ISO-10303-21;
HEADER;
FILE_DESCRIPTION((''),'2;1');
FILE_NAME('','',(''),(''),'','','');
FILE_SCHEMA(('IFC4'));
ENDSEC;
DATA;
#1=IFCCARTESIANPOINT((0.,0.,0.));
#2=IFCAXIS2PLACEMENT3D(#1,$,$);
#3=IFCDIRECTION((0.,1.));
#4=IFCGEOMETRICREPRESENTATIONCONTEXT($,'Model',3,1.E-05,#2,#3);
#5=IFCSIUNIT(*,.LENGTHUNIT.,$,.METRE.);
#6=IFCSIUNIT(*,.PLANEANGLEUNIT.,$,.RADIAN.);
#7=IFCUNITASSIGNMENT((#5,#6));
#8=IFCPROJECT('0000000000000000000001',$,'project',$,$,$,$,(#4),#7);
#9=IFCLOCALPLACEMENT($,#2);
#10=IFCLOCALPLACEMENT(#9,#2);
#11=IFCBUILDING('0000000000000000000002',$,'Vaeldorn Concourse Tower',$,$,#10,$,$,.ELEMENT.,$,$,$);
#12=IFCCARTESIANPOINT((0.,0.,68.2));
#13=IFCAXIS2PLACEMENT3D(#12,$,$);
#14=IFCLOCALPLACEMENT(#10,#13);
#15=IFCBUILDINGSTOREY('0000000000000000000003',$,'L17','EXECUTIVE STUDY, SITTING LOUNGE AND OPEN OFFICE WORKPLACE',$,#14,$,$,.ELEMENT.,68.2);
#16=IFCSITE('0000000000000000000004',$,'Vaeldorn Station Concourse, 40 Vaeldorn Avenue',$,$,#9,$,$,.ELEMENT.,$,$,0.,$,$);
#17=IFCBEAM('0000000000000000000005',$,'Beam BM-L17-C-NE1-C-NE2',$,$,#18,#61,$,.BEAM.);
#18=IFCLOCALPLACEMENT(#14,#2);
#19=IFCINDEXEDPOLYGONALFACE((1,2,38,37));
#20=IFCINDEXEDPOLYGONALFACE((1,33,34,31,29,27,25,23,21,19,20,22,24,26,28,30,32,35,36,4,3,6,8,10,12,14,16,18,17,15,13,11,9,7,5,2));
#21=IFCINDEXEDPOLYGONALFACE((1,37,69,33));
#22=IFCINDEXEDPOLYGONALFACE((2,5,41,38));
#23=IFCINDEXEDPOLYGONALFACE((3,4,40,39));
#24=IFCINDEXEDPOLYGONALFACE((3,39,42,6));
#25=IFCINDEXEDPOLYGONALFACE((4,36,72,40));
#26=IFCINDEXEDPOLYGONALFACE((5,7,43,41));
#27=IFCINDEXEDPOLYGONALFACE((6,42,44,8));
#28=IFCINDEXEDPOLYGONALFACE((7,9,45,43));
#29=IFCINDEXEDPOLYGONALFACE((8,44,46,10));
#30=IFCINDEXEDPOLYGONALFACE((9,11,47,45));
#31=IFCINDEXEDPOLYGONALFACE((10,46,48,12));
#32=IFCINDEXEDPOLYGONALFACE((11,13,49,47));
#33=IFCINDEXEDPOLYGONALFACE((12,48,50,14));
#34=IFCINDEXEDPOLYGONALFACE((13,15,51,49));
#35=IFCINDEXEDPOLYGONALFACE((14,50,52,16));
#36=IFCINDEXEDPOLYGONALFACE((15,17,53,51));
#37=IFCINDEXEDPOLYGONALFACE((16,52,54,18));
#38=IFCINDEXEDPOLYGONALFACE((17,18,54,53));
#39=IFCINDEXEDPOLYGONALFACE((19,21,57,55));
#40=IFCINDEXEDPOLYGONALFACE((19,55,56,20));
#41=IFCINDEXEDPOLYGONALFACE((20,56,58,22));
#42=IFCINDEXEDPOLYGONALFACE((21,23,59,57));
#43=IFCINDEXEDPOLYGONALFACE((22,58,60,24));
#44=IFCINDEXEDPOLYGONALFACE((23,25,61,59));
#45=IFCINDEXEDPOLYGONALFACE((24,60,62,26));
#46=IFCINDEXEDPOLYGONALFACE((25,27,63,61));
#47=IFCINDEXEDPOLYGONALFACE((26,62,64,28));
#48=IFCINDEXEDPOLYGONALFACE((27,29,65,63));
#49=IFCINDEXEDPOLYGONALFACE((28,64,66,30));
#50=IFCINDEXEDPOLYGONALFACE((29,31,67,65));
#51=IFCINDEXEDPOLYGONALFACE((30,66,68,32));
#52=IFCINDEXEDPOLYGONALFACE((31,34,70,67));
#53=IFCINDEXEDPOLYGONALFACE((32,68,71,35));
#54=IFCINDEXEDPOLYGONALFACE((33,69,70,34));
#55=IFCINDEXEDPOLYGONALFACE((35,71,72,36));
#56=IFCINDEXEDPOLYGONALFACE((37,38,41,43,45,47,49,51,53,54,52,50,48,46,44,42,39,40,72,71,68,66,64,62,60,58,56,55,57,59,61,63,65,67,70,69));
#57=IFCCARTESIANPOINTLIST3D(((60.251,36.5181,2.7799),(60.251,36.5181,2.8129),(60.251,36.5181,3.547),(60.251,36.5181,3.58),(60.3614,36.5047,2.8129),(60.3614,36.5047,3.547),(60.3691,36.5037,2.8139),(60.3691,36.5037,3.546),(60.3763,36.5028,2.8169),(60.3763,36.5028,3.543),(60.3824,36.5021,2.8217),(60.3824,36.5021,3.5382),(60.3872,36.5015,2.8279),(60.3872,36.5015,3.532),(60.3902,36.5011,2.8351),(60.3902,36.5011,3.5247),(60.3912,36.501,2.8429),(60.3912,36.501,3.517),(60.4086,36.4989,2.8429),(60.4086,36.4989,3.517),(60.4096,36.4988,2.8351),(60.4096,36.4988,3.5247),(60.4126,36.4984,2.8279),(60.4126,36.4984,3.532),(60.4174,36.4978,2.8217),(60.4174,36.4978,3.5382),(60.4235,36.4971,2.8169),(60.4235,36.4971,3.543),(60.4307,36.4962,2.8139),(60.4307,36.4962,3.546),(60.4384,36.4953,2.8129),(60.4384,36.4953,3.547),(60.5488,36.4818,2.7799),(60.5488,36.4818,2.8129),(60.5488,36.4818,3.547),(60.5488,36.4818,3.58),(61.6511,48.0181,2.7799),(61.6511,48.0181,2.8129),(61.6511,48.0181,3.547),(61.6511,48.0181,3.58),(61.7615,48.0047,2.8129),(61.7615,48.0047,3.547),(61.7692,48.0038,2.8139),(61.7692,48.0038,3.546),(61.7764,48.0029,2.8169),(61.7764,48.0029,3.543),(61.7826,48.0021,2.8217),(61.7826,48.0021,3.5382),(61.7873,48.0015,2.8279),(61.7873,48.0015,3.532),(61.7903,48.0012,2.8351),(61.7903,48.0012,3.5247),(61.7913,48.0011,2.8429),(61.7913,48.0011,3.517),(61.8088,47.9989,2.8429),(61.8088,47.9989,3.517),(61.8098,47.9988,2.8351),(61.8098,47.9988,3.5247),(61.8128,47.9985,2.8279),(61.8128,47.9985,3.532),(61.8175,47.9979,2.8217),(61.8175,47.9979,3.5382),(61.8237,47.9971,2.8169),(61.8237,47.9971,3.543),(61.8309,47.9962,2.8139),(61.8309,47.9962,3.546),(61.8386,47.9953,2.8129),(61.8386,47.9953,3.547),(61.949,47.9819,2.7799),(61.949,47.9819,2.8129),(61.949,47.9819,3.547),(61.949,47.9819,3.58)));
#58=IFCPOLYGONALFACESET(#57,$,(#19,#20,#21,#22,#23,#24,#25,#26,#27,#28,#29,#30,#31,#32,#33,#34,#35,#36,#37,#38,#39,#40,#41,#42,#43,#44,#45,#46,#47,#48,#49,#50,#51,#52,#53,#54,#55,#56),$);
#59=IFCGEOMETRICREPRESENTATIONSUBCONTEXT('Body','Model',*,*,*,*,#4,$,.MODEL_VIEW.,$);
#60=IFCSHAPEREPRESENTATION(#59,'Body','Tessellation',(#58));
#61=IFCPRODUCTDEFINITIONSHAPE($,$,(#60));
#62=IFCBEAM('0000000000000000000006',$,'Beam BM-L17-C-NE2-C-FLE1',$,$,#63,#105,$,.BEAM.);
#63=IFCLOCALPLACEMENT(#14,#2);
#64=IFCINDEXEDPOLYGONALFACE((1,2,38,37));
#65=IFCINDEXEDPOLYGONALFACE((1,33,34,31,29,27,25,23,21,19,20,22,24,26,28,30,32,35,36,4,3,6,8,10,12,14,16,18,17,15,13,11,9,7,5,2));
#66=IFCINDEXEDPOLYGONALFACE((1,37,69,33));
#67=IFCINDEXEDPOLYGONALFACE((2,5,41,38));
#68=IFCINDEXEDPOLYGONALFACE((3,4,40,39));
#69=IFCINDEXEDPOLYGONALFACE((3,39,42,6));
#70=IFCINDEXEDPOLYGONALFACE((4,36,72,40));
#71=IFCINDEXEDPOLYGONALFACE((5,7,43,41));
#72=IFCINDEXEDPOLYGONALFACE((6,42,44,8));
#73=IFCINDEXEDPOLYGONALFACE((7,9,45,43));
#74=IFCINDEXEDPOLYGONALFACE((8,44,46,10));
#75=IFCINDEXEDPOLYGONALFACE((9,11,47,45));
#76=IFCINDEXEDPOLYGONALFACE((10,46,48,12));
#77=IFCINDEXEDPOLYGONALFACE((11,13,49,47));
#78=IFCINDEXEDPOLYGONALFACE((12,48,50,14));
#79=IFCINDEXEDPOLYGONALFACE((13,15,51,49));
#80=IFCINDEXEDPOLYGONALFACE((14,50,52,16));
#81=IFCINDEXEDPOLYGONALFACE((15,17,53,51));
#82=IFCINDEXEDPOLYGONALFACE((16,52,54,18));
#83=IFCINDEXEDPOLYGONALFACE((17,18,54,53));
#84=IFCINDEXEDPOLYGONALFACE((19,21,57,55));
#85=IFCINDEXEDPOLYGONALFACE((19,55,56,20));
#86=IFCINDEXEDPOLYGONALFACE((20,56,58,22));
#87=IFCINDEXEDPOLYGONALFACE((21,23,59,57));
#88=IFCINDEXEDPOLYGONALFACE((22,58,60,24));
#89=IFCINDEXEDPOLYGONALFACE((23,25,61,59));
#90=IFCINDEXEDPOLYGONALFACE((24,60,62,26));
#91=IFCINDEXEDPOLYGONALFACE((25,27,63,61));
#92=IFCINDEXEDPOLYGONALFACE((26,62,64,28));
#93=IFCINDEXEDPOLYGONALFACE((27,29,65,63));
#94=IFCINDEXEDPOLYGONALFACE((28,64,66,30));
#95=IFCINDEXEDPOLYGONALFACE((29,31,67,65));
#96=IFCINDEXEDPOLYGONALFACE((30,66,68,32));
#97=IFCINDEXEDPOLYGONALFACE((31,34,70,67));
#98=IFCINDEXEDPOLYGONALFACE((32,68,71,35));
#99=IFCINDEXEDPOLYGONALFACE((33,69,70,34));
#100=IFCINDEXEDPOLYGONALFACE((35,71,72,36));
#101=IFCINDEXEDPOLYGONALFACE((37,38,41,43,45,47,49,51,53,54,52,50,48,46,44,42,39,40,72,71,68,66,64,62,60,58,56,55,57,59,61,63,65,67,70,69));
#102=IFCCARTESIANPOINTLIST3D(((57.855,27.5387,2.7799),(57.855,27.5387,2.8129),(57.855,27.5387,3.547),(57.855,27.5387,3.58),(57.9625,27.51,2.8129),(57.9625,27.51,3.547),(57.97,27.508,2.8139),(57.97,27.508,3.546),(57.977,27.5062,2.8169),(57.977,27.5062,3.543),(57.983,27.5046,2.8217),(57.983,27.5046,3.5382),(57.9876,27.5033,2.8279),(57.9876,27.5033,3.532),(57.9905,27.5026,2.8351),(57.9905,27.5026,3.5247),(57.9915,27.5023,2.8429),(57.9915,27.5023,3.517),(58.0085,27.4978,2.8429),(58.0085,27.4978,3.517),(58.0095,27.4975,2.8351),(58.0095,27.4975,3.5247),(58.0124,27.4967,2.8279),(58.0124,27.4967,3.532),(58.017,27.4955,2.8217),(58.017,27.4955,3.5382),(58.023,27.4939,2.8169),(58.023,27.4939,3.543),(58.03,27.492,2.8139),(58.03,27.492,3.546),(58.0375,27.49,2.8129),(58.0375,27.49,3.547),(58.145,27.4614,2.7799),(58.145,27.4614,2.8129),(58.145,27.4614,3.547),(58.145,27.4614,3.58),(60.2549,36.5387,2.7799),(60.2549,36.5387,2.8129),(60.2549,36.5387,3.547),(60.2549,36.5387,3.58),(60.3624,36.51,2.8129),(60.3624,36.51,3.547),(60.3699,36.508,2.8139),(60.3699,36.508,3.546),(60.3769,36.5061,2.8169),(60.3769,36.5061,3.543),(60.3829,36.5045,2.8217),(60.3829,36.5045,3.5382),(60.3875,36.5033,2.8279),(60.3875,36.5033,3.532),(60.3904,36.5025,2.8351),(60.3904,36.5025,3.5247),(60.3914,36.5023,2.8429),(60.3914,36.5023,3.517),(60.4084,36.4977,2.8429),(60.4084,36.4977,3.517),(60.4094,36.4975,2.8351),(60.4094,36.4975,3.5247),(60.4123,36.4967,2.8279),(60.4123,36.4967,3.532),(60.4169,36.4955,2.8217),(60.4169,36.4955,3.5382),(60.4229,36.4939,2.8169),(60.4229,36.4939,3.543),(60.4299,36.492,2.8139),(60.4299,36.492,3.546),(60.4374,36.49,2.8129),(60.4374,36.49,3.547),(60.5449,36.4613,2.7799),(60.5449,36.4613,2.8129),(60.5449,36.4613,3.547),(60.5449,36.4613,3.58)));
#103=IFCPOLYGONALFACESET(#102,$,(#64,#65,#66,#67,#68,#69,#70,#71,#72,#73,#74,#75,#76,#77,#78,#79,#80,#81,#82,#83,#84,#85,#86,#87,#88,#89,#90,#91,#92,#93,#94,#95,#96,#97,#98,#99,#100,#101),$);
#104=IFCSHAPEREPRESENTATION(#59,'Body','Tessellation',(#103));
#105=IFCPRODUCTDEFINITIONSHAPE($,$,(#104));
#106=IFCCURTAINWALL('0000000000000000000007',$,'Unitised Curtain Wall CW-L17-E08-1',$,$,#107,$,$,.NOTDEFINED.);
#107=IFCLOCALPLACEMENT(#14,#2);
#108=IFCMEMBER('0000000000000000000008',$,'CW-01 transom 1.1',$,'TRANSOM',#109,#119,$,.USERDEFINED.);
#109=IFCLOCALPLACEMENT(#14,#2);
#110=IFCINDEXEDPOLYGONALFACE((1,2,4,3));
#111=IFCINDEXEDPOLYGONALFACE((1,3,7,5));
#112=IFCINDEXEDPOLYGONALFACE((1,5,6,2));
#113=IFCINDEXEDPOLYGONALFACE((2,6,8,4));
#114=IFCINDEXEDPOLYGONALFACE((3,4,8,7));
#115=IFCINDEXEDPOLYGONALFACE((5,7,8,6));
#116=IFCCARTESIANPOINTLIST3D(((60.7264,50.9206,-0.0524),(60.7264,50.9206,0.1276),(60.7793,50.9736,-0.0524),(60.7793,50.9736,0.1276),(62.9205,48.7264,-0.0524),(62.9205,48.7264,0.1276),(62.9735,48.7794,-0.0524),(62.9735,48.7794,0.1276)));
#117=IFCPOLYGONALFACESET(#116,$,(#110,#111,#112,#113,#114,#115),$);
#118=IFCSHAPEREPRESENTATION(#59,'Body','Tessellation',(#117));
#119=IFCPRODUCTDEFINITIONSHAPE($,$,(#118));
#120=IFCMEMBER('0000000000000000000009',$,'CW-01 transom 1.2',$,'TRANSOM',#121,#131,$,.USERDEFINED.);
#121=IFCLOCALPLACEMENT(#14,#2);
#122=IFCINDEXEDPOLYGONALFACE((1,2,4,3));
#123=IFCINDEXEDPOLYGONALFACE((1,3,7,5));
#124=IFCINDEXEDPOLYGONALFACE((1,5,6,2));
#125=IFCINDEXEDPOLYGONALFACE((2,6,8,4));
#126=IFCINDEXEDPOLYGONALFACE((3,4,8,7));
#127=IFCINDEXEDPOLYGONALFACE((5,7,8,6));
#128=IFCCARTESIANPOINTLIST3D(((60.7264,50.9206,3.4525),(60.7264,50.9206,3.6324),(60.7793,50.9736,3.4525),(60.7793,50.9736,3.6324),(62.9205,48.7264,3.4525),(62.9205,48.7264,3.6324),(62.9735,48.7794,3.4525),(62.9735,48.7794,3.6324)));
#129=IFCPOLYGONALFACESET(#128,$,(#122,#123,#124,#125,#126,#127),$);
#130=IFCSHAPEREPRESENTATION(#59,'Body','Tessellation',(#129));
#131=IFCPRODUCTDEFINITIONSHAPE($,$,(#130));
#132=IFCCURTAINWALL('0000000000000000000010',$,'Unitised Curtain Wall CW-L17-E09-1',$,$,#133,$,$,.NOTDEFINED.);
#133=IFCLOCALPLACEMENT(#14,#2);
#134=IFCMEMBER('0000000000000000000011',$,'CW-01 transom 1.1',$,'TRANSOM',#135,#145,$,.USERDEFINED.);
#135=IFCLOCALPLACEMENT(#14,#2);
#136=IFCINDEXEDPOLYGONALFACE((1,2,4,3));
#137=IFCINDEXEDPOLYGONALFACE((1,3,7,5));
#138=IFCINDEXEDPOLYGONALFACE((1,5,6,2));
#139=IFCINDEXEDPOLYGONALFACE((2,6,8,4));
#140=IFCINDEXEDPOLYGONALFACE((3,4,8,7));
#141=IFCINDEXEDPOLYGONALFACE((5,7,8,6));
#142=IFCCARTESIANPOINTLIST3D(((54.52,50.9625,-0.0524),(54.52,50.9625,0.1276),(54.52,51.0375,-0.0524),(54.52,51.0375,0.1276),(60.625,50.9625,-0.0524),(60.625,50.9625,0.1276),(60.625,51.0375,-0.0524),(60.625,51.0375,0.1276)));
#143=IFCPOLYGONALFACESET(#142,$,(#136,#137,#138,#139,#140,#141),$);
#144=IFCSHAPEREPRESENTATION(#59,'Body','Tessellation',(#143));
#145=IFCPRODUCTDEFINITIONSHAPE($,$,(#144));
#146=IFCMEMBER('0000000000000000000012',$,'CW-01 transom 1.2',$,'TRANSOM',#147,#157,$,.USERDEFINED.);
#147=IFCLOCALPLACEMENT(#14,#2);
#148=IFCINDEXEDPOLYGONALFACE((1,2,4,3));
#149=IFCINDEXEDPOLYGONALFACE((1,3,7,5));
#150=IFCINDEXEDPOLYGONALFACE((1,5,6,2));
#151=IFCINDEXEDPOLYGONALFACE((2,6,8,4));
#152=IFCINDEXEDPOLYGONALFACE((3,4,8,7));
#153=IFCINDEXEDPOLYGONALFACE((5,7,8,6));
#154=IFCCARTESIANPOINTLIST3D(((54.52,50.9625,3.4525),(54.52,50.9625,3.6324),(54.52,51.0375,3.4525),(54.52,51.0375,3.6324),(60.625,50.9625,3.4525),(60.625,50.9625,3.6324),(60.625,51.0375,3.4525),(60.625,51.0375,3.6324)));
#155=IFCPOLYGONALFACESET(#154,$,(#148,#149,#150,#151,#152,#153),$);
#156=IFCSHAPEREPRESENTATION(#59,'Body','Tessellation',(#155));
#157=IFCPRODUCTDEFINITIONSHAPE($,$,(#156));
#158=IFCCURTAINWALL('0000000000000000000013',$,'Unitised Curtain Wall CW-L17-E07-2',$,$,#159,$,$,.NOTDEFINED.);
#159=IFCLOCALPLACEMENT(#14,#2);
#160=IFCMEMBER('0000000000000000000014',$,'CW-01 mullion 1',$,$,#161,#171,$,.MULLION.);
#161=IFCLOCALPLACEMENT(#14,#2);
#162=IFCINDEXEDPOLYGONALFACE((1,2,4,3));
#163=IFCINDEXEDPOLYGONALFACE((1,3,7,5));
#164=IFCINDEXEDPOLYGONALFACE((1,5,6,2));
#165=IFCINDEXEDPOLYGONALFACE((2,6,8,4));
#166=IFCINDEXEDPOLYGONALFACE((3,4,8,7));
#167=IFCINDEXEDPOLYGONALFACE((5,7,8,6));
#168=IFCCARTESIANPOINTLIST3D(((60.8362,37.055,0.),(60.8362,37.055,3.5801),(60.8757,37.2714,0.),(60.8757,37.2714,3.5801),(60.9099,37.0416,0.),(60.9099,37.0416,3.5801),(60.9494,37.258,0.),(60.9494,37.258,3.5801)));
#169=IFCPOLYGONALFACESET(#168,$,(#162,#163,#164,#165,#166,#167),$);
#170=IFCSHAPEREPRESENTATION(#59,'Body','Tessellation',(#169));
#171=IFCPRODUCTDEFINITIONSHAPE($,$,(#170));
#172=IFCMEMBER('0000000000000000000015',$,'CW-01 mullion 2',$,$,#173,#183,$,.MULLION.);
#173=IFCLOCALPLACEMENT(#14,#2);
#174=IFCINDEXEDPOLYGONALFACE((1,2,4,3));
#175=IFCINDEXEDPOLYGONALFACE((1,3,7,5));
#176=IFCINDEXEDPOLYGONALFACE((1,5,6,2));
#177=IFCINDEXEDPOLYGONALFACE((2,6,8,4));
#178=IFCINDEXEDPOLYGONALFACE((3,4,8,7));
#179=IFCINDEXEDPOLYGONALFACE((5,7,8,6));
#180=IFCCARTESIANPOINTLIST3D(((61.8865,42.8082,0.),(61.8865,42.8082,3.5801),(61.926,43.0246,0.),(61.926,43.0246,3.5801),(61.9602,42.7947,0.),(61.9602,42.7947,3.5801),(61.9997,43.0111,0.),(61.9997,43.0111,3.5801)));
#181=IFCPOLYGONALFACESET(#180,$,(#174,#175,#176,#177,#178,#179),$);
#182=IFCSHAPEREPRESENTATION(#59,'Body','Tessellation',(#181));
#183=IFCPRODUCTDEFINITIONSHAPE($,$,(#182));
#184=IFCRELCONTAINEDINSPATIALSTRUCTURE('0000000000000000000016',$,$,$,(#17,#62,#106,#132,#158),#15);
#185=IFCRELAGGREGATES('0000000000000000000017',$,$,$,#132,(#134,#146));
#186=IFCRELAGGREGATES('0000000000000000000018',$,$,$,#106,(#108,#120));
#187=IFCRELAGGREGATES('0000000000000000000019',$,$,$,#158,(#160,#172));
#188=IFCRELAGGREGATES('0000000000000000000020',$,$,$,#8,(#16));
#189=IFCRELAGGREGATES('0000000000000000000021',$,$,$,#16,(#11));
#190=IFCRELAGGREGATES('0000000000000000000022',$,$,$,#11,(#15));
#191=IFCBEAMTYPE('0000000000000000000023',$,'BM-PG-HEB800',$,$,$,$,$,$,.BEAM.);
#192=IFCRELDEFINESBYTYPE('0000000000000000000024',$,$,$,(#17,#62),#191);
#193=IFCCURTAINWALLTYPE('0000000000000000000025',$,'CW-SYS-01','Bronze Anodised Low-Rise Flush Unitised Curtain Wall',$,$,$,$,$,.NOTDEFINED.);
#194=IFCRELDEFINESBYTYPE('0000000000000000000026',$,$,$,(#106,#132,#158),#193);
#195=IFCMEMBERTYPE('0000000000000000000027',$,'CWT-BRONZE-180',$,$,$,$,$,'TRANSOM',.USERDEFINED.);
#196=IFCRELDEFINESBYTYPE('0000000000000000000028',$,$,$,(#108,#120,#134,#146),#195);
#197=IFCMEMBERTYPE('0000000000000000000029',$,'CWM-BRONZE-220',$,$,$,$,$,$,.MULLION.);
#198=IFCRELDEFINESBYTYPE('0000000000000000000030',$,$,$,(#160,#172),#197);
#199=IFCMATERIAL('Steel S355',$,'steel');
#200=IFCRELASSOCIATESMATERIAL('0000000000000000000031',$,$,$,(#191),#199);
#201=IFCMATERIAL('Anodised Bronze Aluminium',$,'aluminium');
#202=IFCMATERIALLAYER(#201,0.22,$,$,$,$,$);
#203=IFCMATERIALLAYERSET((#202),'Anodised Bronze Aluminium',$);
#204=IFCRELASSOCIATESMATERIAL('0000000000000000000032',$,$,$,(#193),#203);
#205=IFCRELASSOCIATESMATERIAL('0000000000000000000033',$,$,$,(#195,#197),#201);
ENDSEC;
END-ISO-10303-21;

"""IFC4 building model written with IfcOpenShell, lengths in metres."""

from ifc_helpers import new_model, si_unit, direction, frame, origin, origin_2d, place, context, subcontext, project, spatial, rectangle, i_section, extrude, source, transform, mapped, material, layer, layer_set, material_profile, profile_set, type_object, element, aggregate, save


model = new_model("IFC4")

# Units and contexts
model_context = context("Model", 3, precision=1e-05, world=origin(), true_north=direction((0.0, 1.0)))
body_context = subcontext(model_context, "Body", "Model", "MODEL_VIEW")
ifc_project = project(units=[si_unit("LENGTHUNIT", "METRE"), si_unit("PLANEANGLEUNIT", "RADIAN")], contexts=[model_context])

# Site, building, storey
site_placement = place(None, origin())
site = spatial("IfcSite", under=ifc_project, at=site_placement, Name="Vaeldorn Station Concourse, 40 Vaeldorn Avenue", CompositionType="ELEMENT", RefElevation=0.0)
building_placement = place(site_placement, origin())
building = spatial("IfcBuilding", under=site, at=building_placement, Name="Vaeldorn Concourse Tower", CompositionType="ELEMENT")
storey_placement = place(building_placement, frame((0.0, 0.0, 68.2)))
storey = spatial("IfcBuildingStorey", under=building, at=storey_placement, Name="L17", Description="EXECUTIVE STUDY, SITTING LOUNGE AND OPEN OFFICE WORKPLACE", CompositionType="ELEMENT", Elevation=68.2)

# Beams
ifc_material_1 = material(Name="Steel S355", Category="steel")
ifc_material_profile_1 = material_profile(ifc_material_1, i_section(OverallWidth=0.3, OverallDepth=0.8, WebThickness=0.0176, FlangeThickness=0.033, FilletRadius=0.03, at=origin_2d()), Name="HEB 800")
ifc_profile_set_1 = profile_set([ifc_material_profile_1], Name="Steel S355")
beam_type = type_object("IfcBeamType", Name="BM-PG-HEB800", PredefinedType="BEAM", material=ifc_profile_set_1)
shared_shape_1 = source(origin(), body_context, "Body", "SweptSolid", [
    extrude(i_section(OverallWidth=0.3, OverallDepth=0.8, WebThickness=0.0176, FlangeThickness=0.033, FilletRadius=0.03, at=origin_2d()), origin(), (0.0, 0.0, 1.0), 11.585),
])
beam_1_placement = place(storey_placement, frame((61.8, 48.0, 3.1799), z_axis=(-0.120859, -0.99267, 0.0), x_axis=(0.99267, -0.120859, 0.0)))
element("IfcBeam", 1, at=beam_1_placement, inside=storey, type_object=beam_type, Name="Beam BM-L17-C-NE1-C-NE2", PredefinedType="BEAM", context=body_context, shape_type="MappedRepresentation", body=[
    mapped(shared_shape_1, transform((0.0, 0.0, 0.0), scale=1.0)),
])
shared_shape_2 = source(origin(), body_context, "Body", "SweptSolid", [
    extrude(i_section(OverallWidth=0.3, OverallDepth=0.8, WebThickness=0.0176, FlangeThickness=0.033, FilletRadius=0.03, at=origin_2d()), origin(), (0.0, 0.0, 1.0), 9.3145),
])
beam_2_placement = place(storey_placement, frame((60.3999, 36.5, 3.1799), z_axis=(-0.257653, -0.966238, 0.0), x_axis=(0.966238, -0.257653, 0.0)))
element("IfcBeam", 2, at=beam_2_placement, inside=storey, type_object=beam_type, Name="Beam BM-L17-C-NE2-C-FLE1", PredefinedType="BEAM", context=body_context, shape_type="MappedRepresentation", body=[
    mapped(shared_shape_2, transform((0.0, 0.0, 0.0), scale=1.0)),
])

# Curtain walls, members
ifc_material_2 = material(Name="Anodised Bronze Aluminium", Category="aluminium")
ifc_layer_1 = layer(ifc_material_2, 0.22)
ifc_layer_set_1 = layer_set([ifc_layer_1], Name="Anodised Bronze Aluminium")
curtain_wall_type = type_object("IfcCurtainWallType", Name="CW-SYS-01", Description="Bronze Anodised Low-Rise Flush Unitised Curtain Wall", PredefinedType="NOTDEFINED", material=ifc_layer_set_1)
curtain_wall_1_placement = place(storey_placement, origin())
curtain_wall_1 = element("IfcCurtainWall", 3, at=curtain_wall_1_placement, inside=storey, type_object=curtain_wall_type, Name="Unitised Curtain Wall CW-L17-E08-1", PredefinedType="NOTDEFINED")
ifc_material_profile_2 = material_profile(ifc_material_2, rectangle(XDim=0.075, YDim=0.1799, at=origin_2d()), Name="CWT 75x180")
ifc_profile_set_2 = profile_set([ifc_material_profile_2], Name="Anodised Bronze Aluminium")
member_type_1 = type_object("IfcMemberType", Name="CWT-BRONZE-180", ElementType="TRANSOM", PredefinedType="USERDEFINED", material=ifc_profile_set_2)
shared_shape_3 = source(origin(), body_context, "Body", "SweptSolid", [
    extrude(rectangle(XDim=0.075, YDim=0.1799, at=origin_2d()), origin(), (0.0, 0.0, 1.0), 3.103),
])
member_1_placement = place(storey_placement, frame((62.947, 48.7529, 0.0376), z_axis=(-0.707107, 0.707107, 0.0), x_axis=(-0.707107, -0.707107, 0.0)))
member_1 = element("IfcMember", 4, at=member_1_placement, type_object=member_type_1, Name="CW-01 transom 1.1", ObjectType="TRANSOM", PredefinedType="USERDEFINED", context=body_context, shape_type="MappedRepresentation", body=[
    mapped(shared_shape_3, transform((0.0, 0.0, 0.0), scale=1.0)),
])
member_2_placement = place(storey_placement, frame((62.947, 48.7529, 3.5425), z_axis=(-0.707107, 0.707107, 0.0), x_axis=(-0.707107, -0.707107, 0.0)))
member_2 = element("IfcMember", 5, at=member_2_placement, type_object=member_type_1, Name="CW-01 transom 1.2", ObjectType="TRANSOM", PredefinedType="USERDEFINED", context=body_context, shape_type="MappedRepresentation", body=[
    mapped(shared_shape_3, transform((0.0, 0.0, 0.0), scale=1.0)),
])
curtain_wall_2_placement = place(storey_placement, origin())
curtain_wall_2 = element("IfcCurtainWall", 6, at=curtain_wall_2_placement, inside=storey, type_object=curtain_wall_type, Name="Unitised Curtain Wall CW-L17-E09-1", PredefinedType="NOTDEFINED")
shared_shape_4 = source(origin(), body_context, "Body", "SweptSolid", [
    extrude(rectangle(XDim=0.075, YDim=0.1799, at=origin_2d()), origin(), (0.0, 0.0, 1.0), 6.105),
])
member_3_placement = place(storey_placement, frame((60.625, 51.0, 0.0376), z_axis=(-1.0, 0.0, 0.0), x_axis=(0.0, -1.0, 0.0)))
member_3 = element("IfcMember", 7, at=member_3_placement, type_object=member_type_1, Name="CW-01 transom 1.1", ObjectType="TRANSOM", PredefinedType="USERDEFINED", context=body_context, shape_type="MappedRepresentation", body=[
    mapped(shared_shape_4, transform((0.0, 0.0, 0.0), scale=1.0)),
])
member_4_placement = place(storey_placement, frame((60.625, 51.0, 3.5425), z_axis=(-1.0, 0.0, 0.0), x_axis=(0.0, -1.0, 0.0)))
member_4 = element("IfcMember", 8, at=member_4_placement, type_object=member_type_1, Name="CW-01 transom 1.2", ObjectType="TRANSOM", PredefinedType="USERDEFINED", context=body_context, shape_type="MappedRepresentation", body=[
    mapped(shared_shape_4, transform((0.0, 0.0, 0.0), scale=1.0)),
])
curtain_wall_3_placement = place(storey_placement, origin())
curtain_wall_3 = element("IfcCurtainWall", 9, at=curtain_wall_3_placement, inside=storey, type_object=curtain_wall_type, Name="Unitised Curtain Wall CW-L17-E07-2", PredefinedType="NOTDEFINED")
ifc_material_profile_3 = material_profile(ifc_material_2, rectangle(XDim=0.075, YDim=0.22, at=origin_2d()), Name="CWM 75x220")
ifc_profile_set_3 = profile_set([ifc_material_profile_3], Name="Anodised Bronze Aluminium")
member_type_2 = type_object("IfcMemberType", Name="CWM-BRONZE-220", PredefinedType="MULLION", material=ifc_profile_set_3)
shared_shape_5 = source(origin(), body_context, "Body", "SweptSolid", [
    extrude(rectangle(XDim=0.075, YDim=0.22, at=origin_2d()), origin(), (0.0, 0.0, 1.0), 3.5801),
])
member_5_placement = place(storey_placement, frame((60.8928, 37.1565, 0.0), z_axis=(0.0, 0.0, 1.0), x_axis=(-0.983746, 0.179564, 0.0)))
member_5 = element("IfcMember", 10, at=member_5_placement, type_object=member_type_2, Name="CW-01 mullion 1", PredefinedType="MULLION", context=body_context, shape_type="MappedRepresentation", body=[
    mapped(shared_shape_5, transform((0.0, 0.0, 0.0), scale=1.0)),
])
member_6_placement = place(storey_placement, frame((61.9431, 42.9097, 0.0), z_axis=(0.0, 0.0, 1.0), x_axis=(-0.983746, 0.179564, 0.0)))
member_6 = element("IfcMember", 11, at=member_6_placement, type_object=member_type_2, Name="CW-01 mullion 2", PredefinedType="MULLION", context=body_context, shape_type="MappedRepresentation", body=[
    mapped(shared_shape_5, transform((0.0, 0.0, 0.0), scale=1.0)),
])

aggregate(curtain_wall_2, [member_3, member_4])

aggregate(curtain_wall_1, [member_1, member_2])
aggregate(curtain_wall_3, [member_5, member_6])

save(model, "model.ifc")
